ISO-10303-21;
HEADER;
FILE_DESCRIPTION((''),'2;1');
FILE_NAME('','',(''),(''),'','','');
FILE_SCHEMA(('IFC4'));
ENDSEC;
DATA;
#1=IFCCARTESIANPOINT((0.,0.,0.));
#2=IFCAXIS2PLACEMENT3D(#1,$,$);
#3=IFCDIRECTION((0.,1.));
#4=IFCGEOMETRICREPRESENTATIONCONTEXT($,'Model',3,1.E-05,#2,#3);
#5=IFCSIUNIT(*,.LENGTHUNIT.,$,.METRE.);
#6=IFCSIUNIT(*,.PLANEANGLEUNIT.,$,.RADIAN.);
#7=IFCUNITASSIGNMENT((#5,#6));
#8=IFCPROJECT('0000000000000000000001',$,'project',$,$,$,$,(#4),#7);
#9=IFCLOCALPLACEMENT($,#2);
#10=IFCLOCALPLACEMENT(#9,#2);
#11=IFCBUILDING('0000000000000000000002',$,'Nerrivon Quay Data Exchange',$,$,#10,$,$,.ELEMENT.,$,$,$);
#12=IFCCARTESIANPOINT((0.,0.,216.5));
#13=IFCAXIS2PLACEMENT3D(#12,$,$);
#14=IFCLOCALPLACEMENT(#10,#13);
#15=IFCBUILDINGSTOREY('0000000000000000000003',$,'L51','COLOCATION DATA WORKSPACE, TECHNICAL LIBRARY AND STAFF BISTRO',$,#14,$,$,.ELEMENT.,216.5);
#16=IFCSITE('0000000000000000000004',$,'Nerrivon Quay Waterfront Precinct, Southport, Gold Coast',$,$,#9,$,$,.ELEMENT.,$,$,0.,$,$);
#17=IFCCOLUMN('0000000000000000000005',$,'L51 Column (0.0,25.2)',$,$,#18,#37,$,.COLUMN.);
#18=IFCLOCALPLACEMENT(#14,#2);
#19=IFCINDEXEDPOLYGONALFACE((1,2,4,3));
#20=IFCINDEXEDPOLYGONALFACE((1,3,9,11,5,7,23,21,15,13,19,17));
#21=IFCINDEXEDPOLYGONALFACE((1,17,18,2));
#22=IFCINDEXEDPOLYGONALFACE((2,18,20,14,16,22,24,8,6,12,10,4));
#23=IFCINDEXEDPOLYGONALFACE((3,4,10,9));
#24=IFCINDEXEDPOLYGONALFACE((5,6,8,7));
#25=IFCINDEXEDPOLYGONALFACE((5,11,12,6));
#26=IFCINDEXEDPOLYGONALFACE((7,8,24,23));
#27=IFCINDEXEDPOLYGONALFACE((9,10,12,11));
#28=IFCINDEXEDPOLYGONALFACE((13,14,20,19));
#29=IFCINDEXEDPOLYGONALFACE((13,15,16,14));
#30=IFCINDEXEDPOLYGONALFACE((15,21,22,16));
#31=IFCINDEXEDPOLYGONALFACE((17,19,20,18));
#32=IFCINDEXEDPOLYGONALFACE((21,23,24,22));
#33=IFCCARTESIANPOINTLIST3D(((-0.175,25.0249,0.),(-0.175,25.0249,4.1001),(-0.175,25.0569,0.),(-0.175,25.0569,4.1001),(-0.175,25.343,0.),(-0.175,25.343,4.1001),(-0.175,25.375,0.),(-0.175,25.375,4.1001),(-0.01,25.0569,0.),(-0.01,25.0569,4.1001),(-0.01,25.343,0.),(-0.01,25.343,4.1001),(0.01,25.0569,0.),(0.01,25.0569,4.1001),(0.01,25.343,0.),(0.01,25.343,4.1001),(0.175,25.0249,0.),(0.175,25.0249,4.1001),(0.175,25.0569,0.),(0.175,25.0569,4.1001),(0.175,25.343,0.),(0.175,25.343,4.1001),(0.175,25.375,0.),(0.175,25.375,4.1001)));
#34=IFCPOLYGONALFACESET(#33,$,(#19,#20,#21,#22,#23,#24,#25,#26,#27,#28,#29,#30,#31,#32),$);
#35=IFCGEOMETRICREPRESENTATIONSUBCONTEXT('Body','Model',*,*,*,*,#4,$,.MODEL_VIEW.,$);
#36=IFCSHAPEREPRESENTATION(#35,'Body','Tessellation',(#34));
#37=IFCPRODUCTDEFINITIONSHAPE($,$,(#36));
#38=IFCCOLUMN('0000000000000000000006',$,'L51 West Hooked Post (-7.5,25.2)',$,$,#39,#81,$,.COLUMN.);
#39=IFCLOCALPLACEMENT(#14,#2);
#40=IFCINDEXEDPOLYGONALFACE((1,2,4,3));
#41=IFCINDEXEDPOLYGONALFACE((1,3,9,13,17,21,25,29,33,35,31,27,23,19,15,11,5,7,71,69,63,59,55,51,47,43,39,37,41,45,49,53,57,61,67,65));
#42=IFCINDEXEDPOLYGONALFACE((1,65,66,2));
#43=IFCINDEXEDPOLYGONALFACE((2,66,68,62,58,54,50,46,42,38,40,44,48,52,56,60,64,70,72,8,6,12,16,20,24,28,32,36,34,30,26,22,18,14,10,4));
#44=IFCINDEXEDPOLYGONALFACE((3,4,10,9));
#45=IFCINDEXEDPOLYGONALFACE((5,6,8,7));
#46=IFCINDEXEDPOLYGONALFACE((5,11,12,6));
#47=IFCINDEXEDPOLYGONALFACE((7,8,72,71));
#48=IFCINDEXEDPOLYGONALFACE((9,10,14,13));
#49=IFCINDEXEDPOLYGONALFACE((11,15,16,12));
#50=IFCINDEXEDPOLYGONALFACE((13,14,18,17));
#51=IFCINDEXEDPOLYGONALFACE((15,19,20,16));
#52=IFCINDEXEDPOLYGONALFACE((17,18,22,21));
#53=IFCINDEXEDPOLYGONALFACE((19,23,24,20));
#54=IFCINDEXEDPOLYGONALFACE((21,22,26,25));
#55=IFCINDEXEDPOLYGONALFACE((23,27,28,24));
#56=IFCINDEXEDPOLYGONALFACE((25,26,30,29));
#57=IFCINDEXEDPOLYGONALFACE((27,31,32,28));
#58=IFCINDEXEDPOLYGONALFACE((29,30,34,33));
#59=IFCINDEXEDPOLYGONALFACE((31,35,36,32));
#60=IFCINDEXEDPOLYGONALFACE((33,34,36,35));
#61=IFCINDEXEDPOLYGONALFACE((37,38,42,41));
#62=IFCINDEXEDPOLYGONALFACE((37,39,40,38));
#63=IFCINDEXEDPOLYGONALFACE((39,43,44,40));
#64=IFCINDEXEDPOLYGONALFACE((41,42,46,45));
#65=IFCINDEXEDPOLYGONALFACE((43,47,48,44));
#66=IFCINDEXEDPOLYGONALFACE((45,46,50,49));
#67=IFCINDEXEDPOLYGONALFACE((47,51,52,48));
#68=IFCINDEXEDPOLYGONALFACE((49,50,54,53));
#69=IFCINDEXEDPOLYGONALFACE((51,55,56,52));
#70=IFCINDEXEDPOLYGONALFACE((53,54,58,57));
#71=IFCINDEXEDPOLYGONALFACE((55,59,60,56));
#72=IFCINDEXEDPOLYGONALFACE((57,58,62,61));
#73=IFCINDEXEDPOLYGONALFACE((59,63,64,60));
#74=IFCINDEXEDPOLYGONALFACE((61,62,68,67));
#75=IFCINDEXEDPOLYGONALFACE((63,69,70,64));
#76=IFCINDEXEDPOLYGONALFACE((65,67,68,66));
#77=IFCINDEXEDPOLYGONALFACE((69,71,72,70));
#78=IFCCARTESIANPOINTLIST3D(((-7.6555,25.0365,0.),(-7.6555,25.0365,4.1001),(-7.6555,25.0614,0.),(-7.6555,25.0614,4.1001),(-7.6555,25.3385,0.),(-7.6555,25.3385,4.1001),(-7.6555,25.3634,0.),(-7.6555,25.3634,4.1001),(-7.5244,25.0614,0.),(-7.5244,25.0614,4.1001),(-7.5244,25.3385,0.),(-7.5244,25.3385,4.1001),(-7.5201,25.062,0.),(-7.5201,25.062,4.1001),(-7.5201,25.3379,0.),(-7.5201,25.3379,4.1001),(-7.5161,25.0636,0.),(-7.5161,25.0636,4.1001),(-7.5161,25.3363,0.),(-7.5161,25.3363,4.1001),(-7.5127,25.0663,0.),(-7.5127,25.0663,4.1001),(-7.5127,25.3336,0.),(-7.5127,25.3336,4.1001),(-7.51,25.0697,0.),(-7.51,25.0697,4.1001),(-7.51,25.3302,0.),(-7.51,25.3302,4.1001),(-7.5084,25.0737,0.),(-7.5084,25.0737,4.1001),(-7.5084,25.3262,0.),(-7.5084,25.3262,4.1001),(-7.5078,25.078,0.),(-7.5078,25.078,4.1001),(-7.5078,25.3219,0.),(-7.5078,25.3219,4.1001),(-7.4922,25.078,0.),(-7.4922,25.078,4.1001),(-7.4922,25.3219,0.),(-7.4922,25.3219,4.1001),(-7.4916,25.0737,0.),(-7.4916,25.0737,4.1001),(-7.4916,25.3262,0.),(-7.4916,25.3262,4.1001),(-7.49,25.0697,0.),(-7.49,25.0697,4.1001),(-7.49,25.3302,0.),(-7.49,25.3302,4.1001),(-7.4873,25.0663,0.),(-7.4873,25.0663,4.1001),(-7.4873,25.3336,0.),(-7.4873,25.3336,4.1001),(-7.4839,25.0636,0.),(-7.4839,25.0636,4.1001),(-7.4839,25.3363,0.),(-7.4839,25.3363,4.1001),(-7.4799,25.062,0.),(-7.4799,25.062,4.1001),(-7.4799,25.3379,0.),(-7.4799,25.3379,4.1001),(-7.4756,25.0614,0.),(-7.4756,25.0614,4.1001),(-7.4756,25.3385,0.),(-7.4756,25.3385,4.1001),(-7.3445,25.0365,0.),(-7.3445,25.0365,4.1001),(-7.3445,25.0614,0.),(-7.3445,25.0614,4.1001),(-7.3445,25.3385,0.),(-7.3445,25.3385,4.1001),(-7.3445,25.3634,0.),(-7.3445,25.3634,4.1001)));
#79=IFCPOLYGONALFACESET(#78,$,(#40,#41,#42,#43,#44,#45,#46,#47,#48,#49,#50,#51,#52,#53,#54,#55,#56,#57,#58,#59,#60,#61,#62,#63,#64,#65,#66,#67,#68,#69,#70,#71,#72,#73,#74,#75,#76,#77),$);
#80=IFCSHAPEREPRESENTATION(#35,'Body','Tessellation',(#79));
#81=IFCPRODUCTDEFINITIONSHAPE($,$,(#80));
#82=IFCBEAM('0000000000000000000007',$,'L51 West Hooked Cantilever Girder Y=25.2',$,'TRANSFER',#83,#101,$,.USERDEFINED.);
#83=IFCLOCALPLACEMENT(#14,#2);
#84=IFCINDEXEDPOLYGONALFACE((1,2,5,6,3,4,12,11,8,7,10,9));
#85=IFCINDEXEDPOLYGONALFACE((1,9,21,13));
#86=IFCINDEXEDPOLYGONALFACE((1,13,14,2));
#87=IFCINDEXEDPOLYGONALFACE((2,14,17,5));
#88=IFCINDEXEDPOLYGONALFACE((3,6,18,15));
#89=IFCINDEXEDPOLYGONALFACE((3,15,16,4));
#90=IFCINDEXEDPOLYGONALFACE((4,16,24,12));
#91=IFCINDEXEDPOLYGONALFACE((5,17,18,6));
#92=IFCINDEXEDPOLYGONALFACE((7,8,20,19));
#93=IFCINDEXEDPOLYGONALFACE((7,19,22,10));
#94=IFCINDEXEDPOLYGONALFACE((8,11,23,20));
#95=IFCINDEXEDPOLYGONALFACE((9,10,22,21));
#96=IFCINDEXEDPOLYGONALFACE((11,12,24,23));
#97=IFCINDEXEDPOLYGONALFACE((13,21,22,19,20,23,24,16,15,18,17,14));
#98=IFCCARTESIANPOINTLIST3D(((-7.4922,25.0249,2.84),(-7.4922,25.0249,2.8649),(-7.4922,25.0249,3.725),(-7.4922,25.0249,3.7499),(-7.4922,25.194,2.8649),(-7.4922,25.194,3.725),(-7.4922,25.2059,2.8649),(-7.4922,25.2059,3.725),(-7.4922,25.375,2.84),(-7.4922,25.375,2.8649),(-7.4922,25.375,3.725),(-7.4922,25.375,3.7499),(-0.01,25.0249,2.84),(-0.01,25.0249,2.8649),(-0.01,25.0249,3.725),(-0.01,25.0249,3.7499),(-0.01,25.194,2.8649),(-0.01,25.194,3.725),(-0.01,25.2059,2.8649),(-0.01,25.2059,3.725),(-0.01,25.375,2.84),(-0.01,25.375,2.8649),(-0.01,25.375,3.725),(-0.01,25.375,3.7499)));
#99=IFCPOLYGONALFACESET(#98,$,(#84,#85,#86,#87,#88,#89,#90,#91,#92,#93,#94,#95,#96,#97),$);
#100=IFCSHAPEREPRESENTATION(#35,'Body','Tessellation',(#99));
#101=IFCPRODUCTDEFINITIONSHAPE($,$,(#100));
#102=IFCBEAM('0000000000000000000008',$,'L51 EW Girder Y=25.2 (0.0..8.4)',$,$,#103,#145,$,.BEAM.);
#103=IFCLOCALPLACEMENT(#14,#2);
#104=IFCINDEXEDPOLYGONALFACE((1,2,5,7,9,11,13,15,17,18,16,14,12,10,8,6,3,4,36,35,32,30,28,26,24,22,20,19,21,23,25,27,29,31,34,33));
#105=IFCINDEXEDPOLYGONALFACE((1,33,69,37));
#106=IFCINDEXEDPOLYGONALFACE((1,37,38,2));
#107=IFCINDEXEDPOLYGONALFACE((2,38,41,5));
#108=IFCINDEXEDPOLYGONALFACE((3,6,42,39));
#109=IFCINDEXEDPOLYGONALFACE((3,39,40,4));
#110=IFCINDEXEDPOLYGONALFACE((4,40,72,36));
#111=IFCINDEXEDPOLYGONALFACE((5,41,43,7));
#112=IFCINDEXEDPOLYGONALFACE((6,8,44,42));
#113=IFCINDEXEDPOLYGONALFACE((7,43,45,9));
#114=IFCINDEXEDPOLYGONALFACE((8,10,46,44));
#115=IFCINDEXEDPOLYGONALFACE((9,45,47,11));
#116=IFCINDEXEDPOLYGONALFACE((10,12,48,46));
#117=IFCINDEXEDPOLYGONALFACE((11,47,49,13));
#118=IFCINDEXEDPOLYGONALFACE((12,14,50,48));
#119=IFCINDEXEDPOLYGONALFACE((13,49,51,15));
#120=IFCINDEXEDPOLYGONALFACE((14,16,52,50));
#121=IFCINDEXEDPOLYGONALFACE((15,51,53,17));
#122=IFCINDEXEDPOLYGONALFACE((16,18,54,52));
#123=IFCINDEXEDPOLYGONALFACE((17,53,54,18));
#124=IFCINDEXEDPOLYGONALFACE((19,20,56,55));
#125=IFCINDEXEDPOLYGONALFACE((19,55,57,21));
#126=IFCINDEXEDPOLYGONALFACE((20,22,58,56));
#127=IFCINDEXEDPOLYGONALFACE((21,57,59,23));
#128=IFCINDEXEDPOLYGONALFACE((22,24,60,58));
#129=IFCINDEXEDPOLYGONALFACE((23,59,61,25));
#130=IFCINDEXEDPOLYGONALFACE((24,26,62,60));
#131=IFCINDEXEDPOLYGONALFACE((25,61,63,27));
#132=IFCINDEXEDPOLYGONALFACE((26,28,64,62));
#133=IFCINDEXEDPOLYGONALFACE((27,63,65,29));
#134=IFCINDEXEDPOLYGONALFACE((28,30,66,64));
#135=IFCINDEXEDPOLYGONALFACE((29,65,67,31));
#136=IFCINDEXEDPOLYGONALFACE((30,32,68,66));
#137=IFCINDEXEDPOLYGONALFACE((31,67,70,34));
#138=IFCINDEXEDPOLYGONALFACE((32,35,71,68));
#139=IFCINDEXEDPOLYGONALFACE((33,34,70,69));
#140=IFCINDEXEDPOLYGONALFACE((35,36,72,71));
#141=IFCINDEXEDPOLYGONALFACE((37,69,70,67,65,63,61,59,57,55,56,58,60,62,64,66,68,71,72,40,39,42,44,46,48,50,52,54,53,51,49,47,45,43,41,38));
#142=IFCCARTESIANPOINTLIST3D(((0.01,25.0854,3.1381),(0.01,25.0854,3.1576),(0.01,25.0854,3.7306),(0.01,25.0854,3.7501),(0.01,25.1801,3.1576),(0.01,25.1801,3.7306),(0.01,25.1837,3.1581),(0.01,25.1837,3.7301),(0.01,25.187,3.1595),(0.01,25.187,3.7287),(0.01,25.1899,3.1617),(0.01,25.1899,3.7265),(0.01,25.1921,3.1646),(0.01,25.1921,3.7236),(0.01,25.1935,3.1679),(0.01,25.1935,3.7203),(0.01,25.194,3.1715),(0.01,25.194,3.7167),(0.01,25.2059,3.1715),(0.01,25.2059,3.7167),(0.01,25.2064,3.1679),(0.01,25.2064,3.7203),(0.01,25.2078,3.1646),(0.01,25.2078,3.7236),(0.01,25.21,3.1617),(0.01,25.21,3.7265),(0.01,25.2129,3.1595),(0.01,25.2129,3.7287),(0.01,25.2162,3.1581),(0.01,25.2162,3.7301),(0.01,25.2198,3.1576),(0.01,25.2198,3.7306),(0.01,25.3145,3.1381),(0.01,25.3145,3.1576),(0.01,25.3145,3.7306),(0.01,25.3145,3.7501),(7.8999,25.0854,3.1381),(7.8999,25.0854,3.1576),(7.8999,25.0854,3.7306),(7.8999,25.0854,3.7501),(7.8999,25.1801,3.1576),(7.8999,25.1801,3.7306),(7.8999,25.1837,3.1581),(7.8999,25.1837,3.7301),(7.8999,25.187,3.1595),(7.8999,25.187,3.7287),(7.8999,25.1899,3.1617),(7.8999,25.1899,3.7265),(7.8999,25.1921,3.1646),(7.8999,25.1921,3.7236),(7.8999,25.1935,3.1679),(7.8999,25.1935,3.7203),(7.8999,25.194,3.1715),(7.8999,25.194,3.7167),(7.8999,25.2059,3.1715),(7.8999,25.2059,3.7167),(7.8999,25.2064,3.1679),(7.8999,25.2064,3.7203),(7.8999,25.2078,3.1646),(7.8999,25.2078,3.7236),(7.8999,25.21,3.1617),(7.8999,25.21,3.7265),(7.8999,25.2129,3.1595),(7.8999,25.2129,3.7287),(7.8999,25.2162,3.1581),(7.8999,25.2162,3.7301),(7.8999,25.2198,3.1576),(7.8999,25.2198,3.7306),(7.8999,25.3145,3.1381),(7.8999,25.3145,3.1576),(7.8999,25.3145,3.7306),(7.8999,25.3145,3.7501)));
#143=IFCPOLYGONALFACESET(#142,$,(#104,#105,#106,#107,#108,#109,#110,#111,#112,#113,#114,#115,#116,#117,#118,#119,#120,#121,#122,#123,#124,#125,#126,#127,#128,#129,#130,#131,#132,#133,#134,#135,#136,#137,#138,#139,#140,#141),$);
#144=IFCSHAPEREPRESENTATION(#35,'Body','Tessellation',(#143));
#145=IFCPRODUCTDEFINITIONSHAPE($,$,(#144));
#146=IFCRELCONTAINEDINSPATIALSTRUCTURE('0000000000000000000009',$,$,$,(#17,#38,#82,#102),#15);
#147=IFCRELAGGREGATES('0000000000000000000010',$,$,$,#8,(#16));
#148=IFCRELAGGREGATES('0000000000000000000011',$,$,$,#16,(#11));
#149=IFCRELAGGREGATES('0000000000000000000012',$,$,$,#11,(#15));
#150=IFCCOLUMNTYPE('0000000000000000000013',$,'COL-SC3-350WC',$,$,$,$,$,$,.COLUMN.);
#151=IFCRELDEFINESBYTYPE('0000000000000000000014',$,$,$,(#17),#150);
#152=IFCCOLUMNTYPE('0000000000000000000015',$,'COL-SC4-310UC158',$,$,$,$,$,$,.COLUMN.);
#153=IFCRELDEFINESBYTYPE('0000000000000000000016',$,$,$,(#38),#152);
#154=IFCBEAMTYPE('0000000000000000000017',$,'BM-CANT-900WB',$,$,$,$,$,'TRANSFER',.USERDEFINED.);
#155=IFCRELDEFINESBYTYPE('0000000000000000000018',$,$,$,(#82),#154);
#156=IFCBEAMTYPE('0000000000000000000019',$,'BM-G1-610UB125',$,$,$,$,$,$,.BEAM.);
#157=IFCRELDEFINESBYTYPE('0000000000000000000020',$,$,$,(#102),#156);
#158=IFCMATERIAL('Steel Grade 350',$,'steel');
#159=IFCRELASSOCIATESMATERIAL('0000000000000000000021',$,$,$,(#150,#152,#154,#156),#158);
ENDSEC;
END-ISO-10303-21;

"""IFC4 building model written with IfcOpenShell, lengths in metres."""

from ifc_helpers import new_model, si_unit, direction, frame, origin, origin_2d, place, context, subcontext, project, spatial, i_section, extrude, material, material_profile, profile_set, type_object, element, save


model = new_model("IFC4")

# Units and contexts
model_context = context("Model", 3, precision=1e-05, world=origin(), true_north=direction((0.0, 1.0)))
body_context = subcontext(model_context, "Body", "Model", "MODEL_VIEW")
ifc_project = project(units=[si_unit("LENGTHUNIT", "METRE"), si_unit("PLANEANGLEUNIT", "RADIAN")], contexts=[model_context])

# Site, building, storey
site_placement = place(None, origin())
site = spatial("IfcSite", under=ifc_project, at=site_placement, Name="Nerrivon Quay Waterfront Precinct, Southport, Gold Coast", CompositionType="ELEMENT", RefElevation=0.0)
building_placement = place(site_placement, origin())
building = spatial("IfcBuilding", under=site, at=building_placement, Name="Nerrivon Quay Data Exchange", CompositionType="ELEMENT")
storey_placement = place(building_placement, frame((0.0, 0.0, 216.5)))
storey = spatial("IfcBuildingStorey", under=building, at=storey_placement, Name="L51", Description="COLOCATION DATA WORKSPACE, TECHNICAL LIBRARY AND STAFF BISTRO", CompositionType="ELEMENT", Elevation=216.5)

# Columns
ifc_material_1 = material(Name="Steel Grade 350", Category="steel")
ifc_material_profile_1 = material_profile(ifc_material_1, i_section(OverallWidth=0.3501, OverallDepth=0.3501, WebThickness=0.02, FlangeThickness=0.032, at=origin_2d()), Name="350WC230")
ifc_profile_set_1 = profile_set([ifc_material_profile_1], Name="Steel Grade 350")
column_type_1 = type_object("IfcColumnType", Name="COL-SC3-350WC", PredefinedType="COLUMN", material=ifc_profile_set_1)
column_1_placement = place(storey_placement, frame((0.0, 25.2, 0.0), z_axis=(0.0, 0.0, 1.0), x_axis=(1.0, 0.0, 0.0)))
element("IfcColumn", 1, at=column_1_placement, inside=storey, type_object=column_type_1, Name="L51 Column (0.0,25.2)", PredefinedType="COLUMN", context=body_context, shape_type="SweptSolid", body=[
    extrude(i_section(OverallWidth=0.3501, OverallDepth=0.3501, WebThickness=0.02, FlangeThickness=0.032, at=origin_2d()), origin(), (0.0, 0.0, 1.0), 4.1001),
])
ifc_material_profile_2 = material_profile(ifc_material_1, i_section(OverallWidth=0.311, OverallDepth=0.3269, WebThickness=0.0156, FlangeThickness=0.0249, FilletRadius=0.0166, at=origin_2d()), Name="310UC158")
ifc_profile_set_2 = profile_set([ifc_material_profile_2], Name="Steel Grade 350")
column_type_2 = type_object("IfcColumnType", Name="COL-SC4-310UC158", PredefinedType="COLUMN", material=ifc_profile_set_2)
column_2_placement = place(storey_placement, frame((-7.5, 25.2, 0.0), z_axis=(0.0, 0.0, 1.0), x_axis=(1.0, 0.0, 0.0)))
element("IfcColumn", 2, at=column_2_placement, inside=storey, type_object=column_type_2, Name="L51 West Hooked Post (-7.5,25.2)", PredefinedType="COLUMN", context=body_context, shape_type="SweptSolid", body=[
    extrude(i_section(OverallWidth=0.311, OverallDepth=0.3269, WebThickness=0.0156, FlangeThickness=0.0249, FilletRadius=0.0166, at=origin_2d()), origin(), (0.0, 0.0, 1.0), 4.1001),
])

# Beams
ifc_material_profile_3 = material_profile(ifc_material_1, i_section(OverallWidth=0.3501, OverallDepth=0.9099, WebThickness=0.012, FlangeThickness=0.0249, at=origin_2d()), Name="900WB218")
ifc_profile_set_3 = profile_set([ifc_material_profile_3], Name="Steel Grade 350")
beam_type_1 = type_object("IfcBeamType", Name="BM-CANT-900WB", ElementType="TRANSFER", PredefinedType="USERDEFINED", material=ifc_profile_set_3)
beam_1_placement = place(storey_placement, frame((-0.01, 25.2, 3.2949), z_axis=(-1.0, 0.0, 0.0), x_axis=(0.0, -1.0, 0.0)))
element("IfcBeam", 3, at=beam_1_placement, inside=storey, type_object=beam_type_1, Name="L51 West Hooked Cantilever Girder Y=25.2", ObjectType="TRANSFER", PredefinedType="USERDEFINED", context=body_context, shape_type="SweptSolid", body=[
    extrude(i_section(OverallWidth=0.3501, OverallDepth=0.9099, WebThickness=0.012, FlangeThickness=0.0249, at=origin_2d()), origin(), (0.0, 0.0, 1.0), 7.4822),
])
ifc_material_profile_4 = material_profile(ifc_material_1, i_section(OverallWidth=0.229, OverallDepth=0.6121, WebThickness=0.012, FlangeThickness=0.0195, FilletRadius=0.0139, at=origin_2d()), Name="610UB125")
ifc_profile_set_4 = profile_set([ifc_material_profile_4], Name="Steel Grade 350")
beam_type_2 = type_object("IfcBeamType", Name="BM-G1-610UB125", PredefinedType="BEAM", material=ifc_profile_set_4)
beam_2_placement = place(storey_placement, frame((0.01, 25.2, 3.4441), z_axis=(1.0, 0.0, 0.0), x_axis=(0.0, 1.0, 0.0)))
element("IfcBeam", 4, at=beam_2_placement, inside=storey, type_object=beam_type_2, Name="L51 EW Girder Y=25.2 (0.0..8.4)", PredefinedType="BEAM", context=body_context, shape_type="SweptSolid", body=[
    extrude(i_section(OverallWidth=0.229, OverallDepth=0.6121, WebThickness=0.012, FlangeThickness=0.0195, FilletRadius=0.0139, at=origin_2d()), origin(), (0.0, 0.0, 1.0), 7.8899),
])

save(model, "model.ifc")
